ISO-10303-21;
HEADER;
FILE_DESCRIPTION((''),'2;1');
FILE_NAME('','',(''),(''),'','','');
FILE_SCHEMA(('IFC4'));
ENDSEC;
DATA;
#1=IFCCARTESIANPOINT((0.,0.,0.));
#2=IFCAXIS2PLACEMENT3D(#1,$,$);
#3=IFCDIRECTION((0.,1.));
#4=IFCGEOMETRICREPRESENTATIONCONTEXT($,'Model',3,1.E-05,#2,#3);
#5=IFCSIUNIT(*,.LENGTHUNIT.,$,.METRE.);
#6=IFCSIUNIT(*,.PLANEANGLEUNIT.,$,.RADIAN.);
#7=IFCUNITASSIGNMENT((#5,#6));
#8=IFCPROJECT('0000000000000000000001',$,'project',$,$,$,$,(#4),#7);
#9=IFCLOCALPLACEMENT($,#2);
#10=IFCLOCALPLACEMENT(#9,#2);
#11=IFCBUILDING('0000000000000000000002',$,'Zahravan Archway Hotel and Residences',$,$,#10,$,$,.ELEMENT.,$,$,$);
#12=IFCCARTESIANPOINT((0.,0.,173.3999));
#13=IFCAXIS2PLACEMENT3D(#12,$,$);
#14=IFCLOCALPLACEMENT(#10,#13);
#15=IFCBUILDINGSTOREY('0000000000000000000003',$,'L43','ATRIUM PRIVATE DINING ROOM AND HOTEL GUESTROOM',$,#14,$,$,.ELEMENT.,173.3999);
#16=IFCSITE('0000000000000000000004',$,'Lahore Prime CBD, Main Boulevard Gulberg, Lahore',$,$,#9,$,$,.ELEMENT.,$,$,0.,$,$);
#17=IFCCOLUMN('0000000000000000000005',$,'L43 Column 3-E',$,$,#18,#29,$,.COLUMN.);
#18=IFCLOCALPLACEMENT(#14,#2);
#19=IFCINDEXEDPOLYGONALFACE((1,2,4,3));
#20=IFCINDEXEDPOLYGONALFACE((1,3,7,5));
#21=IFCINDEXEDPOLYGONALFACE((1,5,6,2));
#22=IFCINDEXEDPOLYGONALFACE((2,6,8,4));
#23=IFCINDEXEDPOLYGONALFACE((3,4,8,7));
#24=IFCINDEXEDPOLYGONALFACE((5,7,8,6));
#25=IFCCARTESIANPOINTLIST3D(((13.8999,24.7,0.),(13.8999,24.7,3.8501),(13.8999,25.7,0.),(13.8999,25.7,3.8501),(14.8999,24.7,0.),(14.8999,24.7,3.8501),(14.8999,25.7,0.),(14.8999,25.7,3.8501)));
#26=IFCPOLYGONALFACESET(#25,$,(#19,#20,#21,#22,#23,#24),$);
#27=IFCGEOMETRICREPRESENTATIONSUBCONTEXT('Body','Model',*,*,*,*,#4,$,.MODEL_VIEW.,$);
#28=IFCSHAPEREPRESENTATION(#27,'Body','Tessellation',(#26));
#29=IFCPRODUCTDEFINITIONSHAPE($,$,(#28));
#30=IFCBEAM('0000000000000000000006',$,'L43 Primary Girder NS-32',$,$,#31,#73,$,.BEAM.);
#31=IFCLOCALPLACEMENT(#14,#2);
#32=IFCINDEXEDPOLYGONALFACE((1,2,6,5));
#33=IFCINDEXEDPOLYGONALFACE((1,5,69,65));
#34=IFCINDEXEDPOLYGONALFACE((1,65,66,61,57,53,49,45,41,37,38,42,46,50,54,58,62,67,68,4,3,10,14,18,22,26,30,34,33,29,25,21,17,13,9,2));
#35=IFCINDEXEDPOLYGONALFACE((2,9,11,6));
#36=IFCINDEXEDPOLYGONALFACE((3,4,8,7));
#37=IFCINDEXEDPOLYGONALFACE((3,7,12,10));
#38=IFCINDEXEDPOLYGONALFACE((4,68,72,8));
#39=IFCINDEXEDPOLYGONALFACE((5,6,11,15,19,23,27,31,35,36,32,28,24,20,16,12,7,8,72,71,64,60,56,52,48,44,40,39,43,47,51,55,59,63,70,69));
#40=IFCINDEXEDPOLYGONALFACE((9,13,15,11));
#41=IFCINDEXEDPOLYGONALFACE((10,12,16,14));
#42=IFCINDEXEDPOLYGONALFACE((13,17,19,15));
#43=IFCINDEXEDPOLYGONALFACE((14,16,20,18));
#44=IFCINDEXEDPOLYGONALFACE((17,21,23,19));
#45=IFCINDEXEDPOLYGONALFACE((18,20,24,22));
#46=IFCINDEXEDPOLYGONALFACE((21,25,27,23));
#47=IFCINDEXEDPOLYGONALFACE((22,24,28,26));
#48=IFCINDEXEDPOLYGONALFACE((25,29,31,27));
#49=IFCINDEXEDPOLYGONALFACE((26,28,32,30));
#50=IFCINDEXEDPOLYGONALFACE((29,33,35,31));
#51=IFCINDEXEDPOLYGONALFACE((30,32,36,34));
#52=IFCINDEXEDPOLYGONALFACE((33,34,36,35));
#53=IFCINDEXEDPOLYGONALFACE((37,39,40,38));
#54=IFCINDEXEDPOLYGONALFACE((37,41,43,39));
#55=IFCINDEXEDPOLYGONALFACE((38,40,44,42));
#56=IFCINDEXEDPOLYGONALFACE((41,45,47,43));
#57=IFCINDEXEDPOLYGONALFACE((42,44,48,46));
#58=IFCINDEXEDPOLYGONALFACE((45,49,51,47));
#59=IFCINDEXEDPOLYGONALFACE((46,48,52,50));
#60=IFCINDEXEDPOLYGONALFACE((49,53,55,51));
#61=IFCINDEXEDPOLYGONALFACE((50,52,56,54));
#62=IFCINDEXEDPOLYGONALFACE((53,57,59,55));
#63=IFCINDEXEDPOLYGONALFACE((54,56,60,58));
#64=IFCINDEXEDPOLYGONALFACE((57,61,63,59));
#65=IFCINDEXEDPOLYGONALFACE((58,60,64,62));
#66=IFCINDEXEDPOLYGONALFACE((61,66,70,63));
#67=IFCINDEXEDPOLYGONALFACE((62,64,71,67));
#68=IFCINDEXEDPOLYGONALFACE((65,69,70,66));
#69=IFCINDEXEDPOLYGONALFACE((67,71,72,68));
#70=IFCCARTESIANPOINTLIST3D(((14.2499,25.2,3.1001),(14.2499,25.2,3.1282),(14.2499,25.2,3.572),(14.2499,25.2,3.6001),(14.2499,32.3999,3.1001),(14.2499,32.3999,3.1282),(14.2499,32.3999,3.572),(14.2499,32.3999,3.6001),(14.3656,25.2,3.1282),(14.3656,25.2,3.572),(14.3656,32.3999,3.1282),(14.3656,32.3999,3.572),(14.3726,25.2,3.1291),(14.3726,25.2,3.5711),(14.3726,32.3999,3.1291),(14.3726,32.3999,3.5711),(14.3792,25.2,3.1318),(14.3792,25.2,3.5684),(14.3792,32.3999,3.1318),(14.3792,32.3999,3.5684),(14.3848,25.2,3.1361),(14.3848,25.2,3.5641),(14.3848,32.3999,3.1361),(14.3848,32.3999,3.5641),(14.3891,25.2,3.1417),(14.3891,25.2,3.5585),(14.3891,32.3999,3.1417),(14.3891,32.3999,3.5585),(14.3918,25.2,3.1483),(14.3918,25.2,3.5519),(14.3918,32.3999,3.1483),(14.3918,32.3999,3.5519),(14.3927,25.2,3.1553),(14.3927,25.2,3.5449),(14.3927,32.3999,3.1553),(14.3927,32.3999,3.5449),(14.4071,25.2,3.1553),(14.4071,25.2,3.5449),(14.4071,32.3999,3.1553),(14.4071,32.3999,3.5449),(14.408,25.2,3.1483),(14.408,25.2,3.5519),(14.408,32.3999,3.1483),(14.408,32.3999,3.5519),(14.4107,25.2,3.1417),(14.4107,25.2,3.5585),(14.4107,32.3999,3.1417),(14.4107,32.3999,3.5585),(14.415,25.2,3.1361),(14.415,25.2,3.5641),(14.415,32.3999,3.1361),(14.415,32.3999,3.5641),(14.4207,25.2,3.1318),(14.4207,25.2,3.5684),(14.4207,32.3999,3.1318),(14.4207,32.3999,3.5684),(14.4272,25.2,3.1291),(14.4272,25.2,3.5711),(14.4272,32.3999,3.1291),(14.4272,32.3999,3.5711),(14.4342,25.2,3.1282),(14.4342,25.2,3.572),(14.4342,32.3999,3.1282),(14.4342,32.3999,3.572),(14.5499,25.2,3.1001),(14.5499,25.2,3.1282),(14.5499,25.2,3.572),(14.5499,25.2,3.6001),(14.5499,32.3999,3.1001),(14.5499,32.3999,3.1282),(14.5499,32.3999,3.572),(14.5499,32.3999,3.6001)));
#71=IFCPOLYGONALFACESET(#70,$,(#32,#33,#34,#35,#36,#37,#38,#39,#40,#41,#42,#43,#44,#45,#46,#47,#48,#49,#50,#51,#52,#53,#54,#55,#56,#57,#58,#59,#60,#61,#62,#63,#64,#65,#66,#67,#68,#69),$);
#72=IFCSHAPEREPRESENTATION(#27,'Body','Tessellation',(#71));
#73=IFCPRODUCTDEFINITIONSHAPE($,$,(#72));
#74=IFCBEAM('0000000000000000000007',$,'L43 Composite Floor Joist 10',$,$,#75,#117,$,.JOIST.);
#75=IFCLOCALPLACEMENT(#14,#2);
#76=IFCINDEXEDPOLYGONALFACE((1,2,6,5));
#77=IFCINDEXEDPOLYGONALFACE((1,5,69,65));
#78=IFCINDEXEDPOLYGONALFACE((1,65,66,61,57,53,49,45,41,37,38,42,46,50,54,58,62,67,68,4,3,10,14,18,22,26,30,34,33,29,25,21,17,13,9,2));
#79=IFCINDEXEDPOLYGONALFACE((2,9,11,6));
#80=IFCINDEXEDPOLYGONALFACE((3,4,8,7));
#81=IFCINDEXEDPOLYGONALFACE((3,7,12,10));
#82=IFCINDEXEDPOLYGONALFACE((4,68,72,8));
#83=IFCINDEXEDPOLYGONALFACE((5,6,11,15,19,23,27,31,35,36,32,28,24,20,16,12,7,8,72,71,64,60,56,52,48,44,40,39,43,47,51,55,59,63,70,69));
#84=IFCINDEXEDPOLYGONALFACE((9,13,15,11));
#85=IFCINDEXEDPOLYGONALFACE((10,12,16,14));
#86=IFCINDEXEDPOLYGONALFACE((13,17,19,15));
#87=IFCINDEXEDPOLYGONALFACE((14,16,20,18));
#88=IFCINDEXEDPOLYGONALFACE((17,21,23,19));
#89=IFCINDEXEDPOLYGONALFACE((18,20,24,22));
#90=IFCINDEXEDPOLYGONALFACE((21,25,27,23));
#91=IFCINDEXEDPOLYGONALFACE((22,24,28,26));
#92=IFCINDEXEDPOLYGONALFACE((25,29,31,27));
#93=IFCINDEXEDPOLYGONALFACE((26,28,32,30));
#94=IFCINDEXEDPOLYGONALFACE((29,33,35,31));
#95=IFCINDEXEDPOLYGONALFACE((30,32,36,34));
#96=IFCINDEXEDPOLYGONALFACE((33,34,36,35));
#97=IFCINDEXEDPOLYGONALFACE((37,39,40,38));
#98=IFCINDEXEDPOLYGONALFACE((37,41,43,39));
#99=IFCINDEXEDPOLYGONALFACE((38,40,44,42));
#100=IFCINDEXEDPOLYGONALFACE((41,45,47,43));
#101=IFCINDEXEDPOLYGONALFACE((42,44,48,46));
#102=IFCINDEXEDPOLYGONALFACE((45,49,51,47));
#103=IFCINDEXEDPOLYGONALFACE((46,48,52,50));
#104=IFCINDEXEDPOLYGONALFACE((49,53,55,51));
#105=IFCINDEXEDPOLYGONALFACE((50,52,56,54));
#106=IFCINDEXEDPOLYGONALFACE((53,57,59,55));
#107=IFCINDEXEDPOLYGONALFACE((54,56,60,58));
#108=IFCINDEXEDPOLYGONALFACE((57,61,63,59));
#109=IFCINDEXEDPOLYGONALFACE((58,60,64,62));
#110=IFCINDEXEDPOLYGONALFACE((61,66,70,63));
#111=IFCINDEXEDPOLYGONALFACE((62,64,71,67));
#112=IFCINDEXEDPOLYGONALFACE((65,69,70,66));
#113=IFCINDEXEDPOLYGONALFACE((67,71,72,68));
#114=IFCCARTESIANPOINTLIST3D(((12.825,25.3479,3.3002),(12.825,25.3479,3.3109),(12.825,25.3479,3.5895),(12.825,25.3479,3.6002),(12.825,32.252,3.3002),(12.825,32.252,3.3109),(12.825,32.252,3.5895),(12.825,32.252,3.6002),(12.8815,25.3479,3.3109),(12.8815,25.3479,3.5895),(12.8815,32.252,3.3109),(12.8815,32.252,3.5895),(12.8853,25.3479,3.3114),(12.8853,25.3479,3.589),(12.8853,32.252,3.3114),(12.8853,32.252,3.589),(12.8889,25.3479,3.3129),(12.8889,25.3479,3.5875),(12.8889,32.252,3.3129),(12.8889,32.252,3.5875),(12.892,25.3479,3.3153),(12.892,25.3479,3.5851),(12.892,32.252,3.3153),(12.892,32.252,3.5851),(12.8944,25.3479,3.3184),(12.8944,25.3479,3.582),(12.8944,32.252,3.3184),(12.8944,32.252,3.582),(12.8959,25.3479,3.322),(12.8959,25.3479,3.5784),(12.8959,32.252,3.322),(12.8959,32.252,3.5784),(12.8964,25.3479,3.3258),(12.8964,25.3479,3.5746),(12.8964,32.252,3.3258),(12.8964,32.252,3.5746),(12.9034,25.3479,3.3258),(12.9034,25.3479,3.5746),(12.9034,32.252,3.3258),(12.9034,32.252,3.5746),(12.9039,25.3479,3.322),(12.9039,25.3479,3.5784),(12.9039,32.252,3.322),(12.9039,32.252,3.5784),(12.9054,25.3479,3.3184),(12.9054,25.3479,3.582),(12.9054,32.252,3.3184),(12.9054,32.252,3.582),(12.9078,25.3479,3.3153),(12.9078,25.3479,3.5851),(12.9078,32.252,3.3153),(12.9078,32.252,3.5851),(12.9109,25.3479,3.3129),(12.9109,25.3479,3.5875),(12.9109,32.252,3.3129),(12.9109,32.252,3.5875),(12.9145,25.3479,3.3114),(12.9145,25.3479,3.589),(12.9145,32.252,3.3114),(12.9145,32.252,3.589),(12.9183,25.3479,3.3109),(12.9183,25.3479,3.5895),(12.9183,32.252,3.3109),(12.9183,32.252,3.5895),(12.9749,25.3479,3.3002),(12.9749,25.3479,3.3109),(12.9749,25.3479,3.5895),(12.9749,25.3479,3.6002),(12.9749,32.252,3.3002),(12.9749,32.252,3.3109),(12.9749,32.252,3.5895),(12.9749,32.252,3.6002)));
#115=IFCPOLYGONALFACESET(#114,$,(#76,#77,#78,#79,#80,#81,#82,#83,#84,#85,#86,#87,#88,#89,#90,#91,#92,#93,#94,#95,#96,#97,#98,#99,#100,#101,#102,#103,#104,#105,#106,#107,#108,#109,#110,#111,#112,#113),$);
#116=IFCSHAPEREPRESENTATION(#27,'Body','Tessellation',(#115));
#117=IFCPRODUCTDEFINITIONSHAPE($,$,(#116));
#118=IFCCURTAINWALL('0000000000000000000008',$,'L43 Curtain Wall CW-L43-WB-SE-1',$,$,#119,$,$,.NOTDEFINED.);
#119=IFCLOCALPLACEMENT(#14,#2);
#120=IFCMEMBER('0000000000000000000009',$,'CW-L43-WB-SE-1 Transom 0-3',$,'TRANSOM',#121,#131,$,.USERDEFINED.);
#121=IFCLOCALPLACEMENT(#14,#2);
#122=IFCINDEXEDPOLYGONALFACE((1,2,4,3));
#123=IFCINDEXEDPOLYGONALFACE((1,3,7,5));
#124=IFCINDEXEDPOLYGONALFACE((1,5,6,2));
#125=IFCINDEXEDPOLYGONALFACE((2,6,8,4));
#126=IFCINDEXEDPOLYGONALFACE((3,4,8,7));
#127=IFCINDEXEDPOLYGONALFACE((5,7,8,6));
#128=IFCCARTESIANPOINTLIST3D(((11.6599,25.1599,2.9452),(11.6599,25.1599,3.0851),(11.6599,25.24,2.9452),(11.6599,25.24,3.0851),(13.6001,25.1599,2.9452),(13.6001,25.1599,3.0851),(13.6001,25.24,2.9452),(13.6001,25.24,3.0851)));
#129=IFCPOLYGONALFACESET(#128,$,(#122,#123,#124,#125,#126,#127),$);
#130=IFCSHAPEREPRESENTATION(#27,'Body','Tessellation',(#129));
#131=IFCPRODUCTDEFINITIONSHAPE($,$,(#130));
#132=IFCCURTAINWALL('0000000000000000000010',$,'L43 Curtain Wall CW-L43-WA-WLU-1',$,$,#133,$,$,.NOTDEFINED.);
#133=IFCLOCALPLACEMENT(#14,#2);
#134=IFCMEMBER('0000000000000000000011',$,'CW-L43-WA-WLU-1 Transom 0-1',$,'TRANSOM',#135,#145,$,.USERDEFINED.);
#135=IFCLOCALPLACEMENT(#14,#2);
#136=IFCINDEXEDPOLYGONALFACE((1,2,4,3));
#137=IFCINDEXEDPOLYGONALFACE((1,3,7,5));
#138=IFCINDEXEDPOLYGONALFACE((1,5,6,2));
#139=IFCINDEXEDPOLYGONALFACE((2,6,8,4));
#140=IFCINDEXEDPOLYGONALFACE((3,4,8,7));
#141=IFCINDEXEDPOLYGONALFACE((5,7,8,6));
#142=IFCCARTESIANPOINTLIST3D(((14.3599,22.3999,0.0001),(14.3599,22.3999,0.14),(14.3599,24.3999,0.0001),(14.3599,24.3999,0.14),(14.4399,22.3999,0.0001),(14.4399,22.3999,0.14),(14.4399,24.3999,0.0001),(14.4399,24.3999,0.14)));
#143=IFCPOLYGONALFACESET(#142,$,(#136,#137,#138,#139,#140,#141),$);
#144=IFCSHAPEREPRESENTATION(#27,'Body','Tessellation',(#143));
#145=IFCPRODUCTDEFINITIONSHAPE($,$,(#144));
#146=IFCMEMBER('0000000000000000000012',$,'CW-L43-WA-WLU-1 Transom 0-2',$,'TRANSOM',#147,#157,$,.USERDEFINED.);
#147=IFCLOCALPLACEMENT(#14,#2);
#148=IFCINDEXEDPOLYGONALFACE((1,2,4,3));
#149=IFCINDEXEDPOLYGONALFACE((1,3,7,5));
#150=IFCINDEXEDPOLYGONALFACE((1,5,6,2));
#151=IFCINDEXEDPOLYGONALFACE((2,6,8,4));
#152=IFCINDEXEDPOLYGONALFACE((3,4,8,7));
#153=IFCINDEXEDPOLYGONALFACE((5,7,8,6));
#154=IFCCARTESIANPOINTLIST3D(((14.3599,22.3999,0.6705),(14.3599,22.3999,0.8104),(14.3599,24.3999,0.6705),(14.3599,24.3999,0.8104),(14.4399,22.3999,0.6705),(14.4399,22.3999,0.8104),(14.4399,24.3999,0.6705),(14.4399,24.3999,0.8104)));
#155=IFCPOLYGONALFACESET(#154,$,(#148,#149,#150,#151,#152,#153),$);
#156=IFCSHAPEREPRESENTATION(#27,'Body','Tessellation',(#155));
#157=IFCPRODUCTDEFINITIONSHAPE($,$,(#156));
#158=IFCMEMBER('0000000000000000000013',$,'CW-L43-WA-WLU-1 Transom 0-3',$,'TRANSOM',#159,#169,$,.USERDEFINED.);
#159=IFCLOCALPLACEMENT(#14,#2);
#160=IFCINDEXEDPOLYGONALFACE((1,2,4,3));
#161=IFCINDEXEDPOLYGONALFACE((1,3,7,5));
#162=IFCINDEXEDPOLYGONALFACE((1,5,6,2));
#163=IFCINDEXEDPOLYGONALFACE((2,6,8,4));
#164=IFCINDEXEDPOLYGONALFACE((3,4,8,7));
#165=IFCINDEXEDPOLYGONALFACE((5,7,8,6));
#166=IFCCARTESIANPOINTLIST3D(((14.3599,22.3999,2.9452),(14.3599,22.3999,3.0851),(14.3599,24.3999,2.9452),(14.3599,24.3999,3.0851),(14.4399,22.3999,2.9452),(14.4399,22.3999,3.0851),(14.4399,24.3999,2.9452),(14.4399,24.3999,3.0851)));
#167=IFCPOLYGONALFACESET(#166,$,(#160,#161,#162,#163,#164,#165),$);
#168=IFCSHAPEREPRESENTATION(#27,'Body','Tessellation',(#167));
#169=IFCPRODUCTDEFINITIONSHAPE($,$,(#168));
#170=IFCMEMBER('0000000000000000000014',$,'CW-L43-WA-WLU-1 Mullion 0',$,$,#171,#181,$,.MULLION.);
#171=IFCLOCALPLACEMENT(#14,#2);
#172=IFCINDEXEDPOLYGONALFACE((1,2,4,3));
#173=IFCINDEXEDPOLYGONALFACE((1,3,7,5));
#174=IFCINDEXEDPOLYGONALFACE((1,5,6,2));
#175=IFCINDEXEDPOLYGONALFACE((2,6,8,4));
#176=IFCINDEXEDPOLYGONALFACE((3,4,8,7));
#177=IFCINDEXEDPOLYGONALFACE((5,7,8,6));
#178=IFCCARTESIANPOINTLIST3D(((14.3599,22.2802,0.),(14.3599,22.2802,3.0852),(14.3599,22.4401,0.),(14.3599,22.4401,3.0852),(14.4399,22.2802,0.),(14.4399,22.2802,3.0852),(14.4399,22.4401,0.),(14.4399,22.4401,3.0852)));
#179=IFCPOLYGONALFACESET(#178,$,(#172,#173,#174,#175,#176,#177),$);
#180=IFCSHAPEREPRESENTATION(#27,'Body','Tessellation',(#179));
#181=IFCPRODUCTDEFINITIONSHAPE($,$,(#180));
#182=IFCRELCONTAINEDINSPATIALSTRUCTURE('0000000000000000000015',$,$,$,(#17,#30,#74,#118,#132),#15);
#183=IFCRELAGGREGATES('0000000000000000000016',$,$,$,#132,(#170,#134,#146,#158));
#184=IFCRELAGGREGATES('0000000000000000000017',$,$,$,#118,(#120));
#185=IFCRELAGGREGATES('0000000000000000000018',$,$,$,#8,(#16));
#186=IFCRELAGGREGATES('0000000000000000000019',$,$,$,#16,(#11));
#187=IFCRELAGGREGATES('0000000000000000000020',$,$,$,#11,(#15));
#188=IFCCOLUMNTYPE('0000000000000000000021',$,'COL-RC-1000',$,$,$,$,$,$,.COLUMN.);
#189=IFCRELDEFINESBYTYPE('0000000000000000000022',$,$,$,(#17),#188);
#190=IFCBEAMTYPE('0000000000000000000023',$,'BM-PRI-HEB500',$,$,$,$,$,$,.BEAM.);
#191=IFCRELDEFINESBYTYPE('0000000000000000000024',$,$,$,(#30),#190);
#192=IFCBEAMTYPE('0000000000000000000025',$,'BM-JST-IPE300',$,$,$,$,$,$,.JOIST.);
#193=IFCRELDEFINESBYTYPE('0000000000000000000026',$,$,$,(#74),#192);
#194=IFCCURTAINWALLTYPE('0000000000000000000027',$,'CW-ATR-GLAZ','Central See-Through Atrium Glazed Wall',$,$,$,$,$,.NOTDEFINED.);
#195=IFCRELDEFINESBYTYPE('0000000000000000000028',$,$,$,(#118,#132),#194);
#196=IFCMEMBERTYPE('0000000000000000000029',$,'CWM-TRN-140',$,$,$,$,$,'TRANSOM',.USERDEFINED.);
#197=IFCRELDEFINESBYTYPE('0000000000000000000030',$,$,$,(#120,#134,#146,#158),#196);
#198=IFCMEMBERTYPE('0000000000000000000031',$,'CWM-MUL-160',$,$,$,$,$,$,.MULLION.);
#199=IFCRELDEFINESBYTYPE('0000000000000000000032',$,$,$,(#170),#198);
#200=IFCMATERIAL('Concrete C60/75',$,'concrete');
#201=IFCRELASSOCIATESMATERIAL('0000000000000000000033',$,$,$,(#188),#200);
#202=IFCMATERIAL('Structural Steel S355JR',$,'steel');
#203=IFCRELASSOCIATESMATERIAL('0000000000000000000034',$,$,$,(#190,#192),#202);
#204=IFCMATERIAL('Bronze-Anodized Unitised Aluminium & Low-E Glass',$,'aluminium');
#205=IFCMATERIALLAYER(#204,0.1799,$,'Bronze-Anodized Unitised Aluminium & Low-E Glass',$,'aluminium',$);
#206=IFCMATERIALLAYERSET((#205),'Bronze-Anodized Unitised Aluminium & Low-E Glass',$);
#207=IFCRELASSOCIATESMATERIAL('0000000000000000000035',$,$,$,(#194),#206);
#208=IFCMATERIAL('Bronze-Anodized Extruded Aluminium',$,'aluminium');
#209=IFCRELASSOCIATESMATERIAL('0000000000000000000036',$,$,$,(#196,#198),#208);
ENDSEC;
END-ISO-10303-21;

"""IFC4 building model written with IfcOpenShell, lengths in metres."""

from ifc_helpers import new_model, si_unit, direction, frame, origin, origin_2d, place, context, subcontext, project, spatial, rectangle, i_section, extrude, source, transform, mapped, material, layer, layer_set, material_profile, profile_set, type_object, type_shapes, element, aggregate, save


model = new_model("IFC4")

# Units and contexts
model_context = context("Model", 3, precision=1e-05, world=origin(), true_north=direction((0.0, 1.0)))
body_context = subcontext(model_context, "Body", "Model", "MODEL_VIEW")
ifc_project = project(units=[si_unit("LENGTHUNIT", "METRE"), si_unit("PLANEANGLEUNIT", "RADIAN")], contexts=[model_context])

# Site, building, storey
site_placement = place(None, origin())
site = spatial("IfcSite", under=ifc_project, at=site_placement, Name="Lahore Prime CBD, Main Boulevard Gulberg, Lahore", CompositionType="ELEMENT", RefElevation=0.0)
building_placement = place(site_placement, origin())
building = spatial("IfcBuilding", under=site, at=building_placement, Name="Zahravan Archway Hotel and Residences", CompositionType="ELEMENT")
storey_placement = place(building_placement, frame((0.0, 0.0, 173.3999)))
storey = spatial("IfcBuildingStorey", under=building, at=storey_placement, Name="L43", Description="ATRIUM PRIVATE DINING ROOM AND HOTEL GUESTROOM", CompositionType="ELEMENT", Elevation=173.3999)

# Column
ifc_material_1 = material(Name="Concrete C60/75", Category="concrete")
ifc_material_profile_1 = material_profile(ifc_material_1, rectangle(XDim=1.0, YDim=1.0, at=origin_2d()), Name="RC-COL-1000x1000", Category="concrete")
ifc_profile_set_1 = profile_set([ifc_material_profile_1], Name="Concrete C60/75")
column_type = type_object("IfcColumnType", Name="COL-RC-1000", PredefinedType="COLUMN", material=ifc_profile_set_1)
shared_shape_1 = source(origin(), body_context, "Body", "SweptSolid", [
    extrude(rectangle(XDim=1.0, YDim=1.0, at=origin_2d()), origin(), (0.0, 0.0, 1.0), 3.8501),
])
column_placement = place(storey_placement, frame((14.3999, 25.2, 0.0), z_axis=(0.0, 0.0, 1.0), x_axis=(1.0, 0.0, 0.0)))
element("IfcColumn", 1, at=column_placement, inside=storey, type_object=column_type, Name="L43 Column 3-E", PredefinedType="COLUMN", context=body_context, shape_type="MappedRepresentation", body=[
    mapped(shared_shape_1, transform((0.0, 0.0, 0.0), scale=1.0)),
])

# Beams
ifc_material_2 = material(Name="Structural Steel S355JR", Category="steel")
ifc_material_profile_2 = material_profile(ifc_material_2, i_section(OverallWidth=0.3, OverallDepth=0.5, WebThickness=0.0144, FlangeThickness=0.0281, FilletRadius=0.0271, at=origin_2d()), Name="HEB 500", Category="steel")
ifc_profile_set_2 = profile_set([ifc_material_profile_2], Name="Structural Steel S355JR")
beam_type_1 = type_object("IfcBeamType", Name="BM-PRI-HEB500", PredefinedType="BEAM", material=ifc_profile_set_2)
shared_shape_2 = source(origin(), body_context, "Body", "SweptSolid", [
    extrude(i_section(OverallWidth=0.3, OverallDepth=0.5, WebThickness=0.0144, FlangeThickness=0.0281, FilletRadius=0.0271, at=origin_2d()), origin(), (0.0, 0.0, 1.0), 7.2),
])
beam_1_placement = place(storey_placement, frame((14.3999, 25.2, 3.3501), z_axis=(0.0, 1.0, 0.0), x_axis=(-1.0, 0.0, 0.0)))
element("IfcBeam", 2, at=beam_1_placement, inside=storey, type_object=beam_type_1, Name="L43 Primary Girder NS-32", PredefinedType="BEAM", context=body_context, shape_type="MappedRepresentation", body=[
    mapped(shared_shape_2, transform((0.0, 0.0, 0.0), scale=1.0)),
])
ifc_material_profile_3 = material_profile(ifc_material_2, i_section(OverallWidth=0.1499, OverallDepth=0.3, WebThickness=0.0071, FlangeThickness=0.0107, FilletRadius=0.0149, at=origin_2d()), Name="IPE 300", Category="steel")
ifc_profile_set_3 = profile_set([ifc_material_profile_3], Name="Structural Steel S355JR")
beam_type_2 = type_object("IfcBeamType", Name="BM-JST-IPE300", PredefinedType="JOIST", material=ifc_profile_set_3)
shared_shape_3 = source(origin(), body_context, "Body", "SweptSolid", [
    extrude(i_section(OverallWidth=0.1499, OverallDepth=0.3, WebThickness=0.0071, FlangeThickness=0.0107, FilletRadius=0.0149, at=origin_2d()), origin(), (0.0, 0.0, 1.0), 6.9041),
])
type_shapes(beam_type_2, [shared_shape_3])
beam_2_placement = place(storey_placement, frame((12.8999, 25.3479, 3.4502), z_axis=(0.0, 1.0, 0.0), x_axis=(-1.0, 0.0, 0.0)))
element("IfcBeam", 3, at=beam_2_placement, inside=storey, type_object=beam_type_2, Name="L43 Composite Floor Joist 10", PredefinedType="JOIST", context=body_context, shape_type="MappedRepresentation", body=[
    mapped(shared_shape_3, transform((0.0, 0.0, 0.0), scale=1.0)),
])

# Curtain wall, member
ifc_material_3 = material(Name="Bronze-Anodized Unitised Aluminium & Low-E Glass", Category="aluminium")
ifc_layer_1 = layer(ifc_material_3, 0.1799, Name="Bronze-Anodized Unitised Aluminium & Low-E Glass", Category="aluminium")
ifc_layer_set_1 = layer_set([ifc_layer_1], Name="Bronze-Anodized Unitised Aluminium & Low-E Glass")
curtain_wall_type = type_object("IfcCurtainWallType", Name="CW-ATR-GLAZ", Description="Central See-Through Atrium Glazed Wall", PredefinedType="NOTDEFINED", material=ifc_layer_set_1)
curtain_wall_1_placement = place(storey_placement, origin())
curtain_wall_1 = element("IfcCurtainWall", 4, at=curtain_wall_1_placement, inside=storey, type_object=curtain_wall_type, Name="L43 Curtain Wall CW-L43-WB-SE-1", PredefinedType="NOTDEFINED")
ifc_material_4 = material(Name="Bronze-Anodized Extruded Aluminium", Category="aluminium")
ifc_material_profile_4 = material_profile(ifc_material_4, rectangle(XDim=0.0801, YDim=0.1399, at=origin_2d()), Name="TRN 80x140", Category="aluminium")
ifc_profile_set_4 = profile_set([ifc_material_profile_4], Name="Bronze-Anodized Extruded Aluminium")
member_type_1 = type_object("IfcMemberType", Name="CWM-TRN-140", ElementType="TRANSOM", PredefinedType="USERDEFINED", material=ifc_profile_set_4)
shared_shape_4 = source(origin(), body_context, "Body", "SweptSolid", [
    extrude(rectangle(XDim=0.0801, YDim=0.1399, at=origin_2d()), origin(), (0.0, 0.0, 1.0), 1.9402),
])
member_1_placement = place(storey_placement, frame((11.6599, 25.2, 3.0151), z_axis=(1.0, 0.0, 0.0), x_axis=(0.0, 1.0, 0.0)))
member_1 = element("IfcMember", 5, at=member_1_placement, type_object=member_type_1, Name="CW-L43-WB-SE-1 Transom 0-3", ObjectType="TRANSOM", PredefinedType="USERDEFINED", context=body_context, shape_type="MappedRepresentation", body=[
    mapped(shared_shape_4, transform((0.0, 0.0, 0.0), scale=1.0)),
])

# Curtain wall, members
curtain_wall_2_placement = place(storey_placement, origin())
curtain_wall_2 = element("IfcCurtainWall", 6, at=curtain_wall_2_placement, inside=storey, type_object=curtain_wall_type, Name="L43 Curtain Wall CW-L43-WA-WLU-1", PredefinedType="NOTDEFINED")
shared_shape_5 = source(origin(), body_context, "Body", "SweptSolid", [
    extrude(rectangle(XDim=0.0801, YDim=0.1399, at=origin_2d()), origin(), (0.0, 0.0, 1.0), 2.0),
])
member_2_placement = place(storey_placement, frame((14.3999, 22.3999, 0.0701), z_axis=(0.0, 1.0, 0.0), x_axis=(-1.0, 0.0, 0.0)))
member_2 = element("IfcMember", 7, at=member_2_placement, type_object=member_type_1, Name="CW-L43-WA-WLU-1 Transom 0-1", ObjectType="TRANSOM", PredefinedType="USERDEFINED", context=body_context, shape_type="MappedRepresentation", body=[
    mapped(shared_shape_5, transform((0.0, 0.0, 0.0), scale=1.0)),
])
member_3_placement = place(storey_placement, frame((14.3999, 22.3999, 0.7405), z_axis=(0.0, 1.0, 0.0), x_axis=(-1.0, 0.0, 0.0)))
member_3 = element("IfcMember", 8, at=member_3_placement, type_object=member_type_1, Name="CW-L43-WA-WLU-1 Transom 0-2", ObjectType="TRANSOM", PredefinedType="USERDEFINED", context=body_context, shape_type="MappedRepresentation", body=[
    mapped(shared_shape_5, transform((0.0, 0.0, 0.0), scale=1.0)),
])
member_4_placement = place(storey_placement, frame((14.3999, 22.3999, 3.0151), z_axis=(0.0, 1.0, 0.0), x_axis=(-1.0, 0.0, 0.0)))
member_4 = element("IfcMember", 9, at=member_4_placement, type_object=member_type_1, Name="CW-L43-WA-WLU-1 Transom 0-3", ObjectType="TRANSOM", PredefinedType="USERDEFINED", context=body_context, shape_type="MappedRepresentation", body=[
    mapped(shared_shape_5, transform((0.0, 0.0, 0.0), scale=1.0)),
])
ifc_material_profile_5 = material_profile(ifc_material_4, rectangle(XDim=0.0801, YDim=0.1599, at=origin_2d()), Name="MUL 80x160", Category="aluminium")
ifc_profile_set_5 = profile_set([ifc_material_profile_5], Name="Bronze-Anodized Extruded Aluminium")
member_type_2 = type_object("IfcMemberType", Name="CWM-MUL-160", PredefinedType="MULLION", material=ifc_profile_set_5)
shared_shape_6 = source(origin(), body_context, "Body", "SweptSolid", [
    extrude(rectangle(XDim=0.0801, YDim=0.1599, at=origin_2d()), origin(), (0.0, 0.0, 1.0), 3.0852),
])
member_5_placement = place(storey_placement, frame((14.3999, 22.3601, 0.0), z_axis=(0.0, 0.0, 1.0), x_axis=(1.0, 0.0, 0.0)))
member_5 = element("IfcMember", 10, at=member_5_placement, type_object=member_type_2, Name="CW-L43-WA-WLU-1 Mullion 0", PredefinedType="MULLION", context=body_context, shape_type="MappedRepresentation", body=[
    mapped(shared_shape_6, transform((0.0, 0.0, 0.0), scale=1.0)),
])

aggregate(curtain_wall_2, [member_5, member_2, member_3, member_4])
aggregate(curtain_wall_1, [member_1])

save(model, "model.ifc")
